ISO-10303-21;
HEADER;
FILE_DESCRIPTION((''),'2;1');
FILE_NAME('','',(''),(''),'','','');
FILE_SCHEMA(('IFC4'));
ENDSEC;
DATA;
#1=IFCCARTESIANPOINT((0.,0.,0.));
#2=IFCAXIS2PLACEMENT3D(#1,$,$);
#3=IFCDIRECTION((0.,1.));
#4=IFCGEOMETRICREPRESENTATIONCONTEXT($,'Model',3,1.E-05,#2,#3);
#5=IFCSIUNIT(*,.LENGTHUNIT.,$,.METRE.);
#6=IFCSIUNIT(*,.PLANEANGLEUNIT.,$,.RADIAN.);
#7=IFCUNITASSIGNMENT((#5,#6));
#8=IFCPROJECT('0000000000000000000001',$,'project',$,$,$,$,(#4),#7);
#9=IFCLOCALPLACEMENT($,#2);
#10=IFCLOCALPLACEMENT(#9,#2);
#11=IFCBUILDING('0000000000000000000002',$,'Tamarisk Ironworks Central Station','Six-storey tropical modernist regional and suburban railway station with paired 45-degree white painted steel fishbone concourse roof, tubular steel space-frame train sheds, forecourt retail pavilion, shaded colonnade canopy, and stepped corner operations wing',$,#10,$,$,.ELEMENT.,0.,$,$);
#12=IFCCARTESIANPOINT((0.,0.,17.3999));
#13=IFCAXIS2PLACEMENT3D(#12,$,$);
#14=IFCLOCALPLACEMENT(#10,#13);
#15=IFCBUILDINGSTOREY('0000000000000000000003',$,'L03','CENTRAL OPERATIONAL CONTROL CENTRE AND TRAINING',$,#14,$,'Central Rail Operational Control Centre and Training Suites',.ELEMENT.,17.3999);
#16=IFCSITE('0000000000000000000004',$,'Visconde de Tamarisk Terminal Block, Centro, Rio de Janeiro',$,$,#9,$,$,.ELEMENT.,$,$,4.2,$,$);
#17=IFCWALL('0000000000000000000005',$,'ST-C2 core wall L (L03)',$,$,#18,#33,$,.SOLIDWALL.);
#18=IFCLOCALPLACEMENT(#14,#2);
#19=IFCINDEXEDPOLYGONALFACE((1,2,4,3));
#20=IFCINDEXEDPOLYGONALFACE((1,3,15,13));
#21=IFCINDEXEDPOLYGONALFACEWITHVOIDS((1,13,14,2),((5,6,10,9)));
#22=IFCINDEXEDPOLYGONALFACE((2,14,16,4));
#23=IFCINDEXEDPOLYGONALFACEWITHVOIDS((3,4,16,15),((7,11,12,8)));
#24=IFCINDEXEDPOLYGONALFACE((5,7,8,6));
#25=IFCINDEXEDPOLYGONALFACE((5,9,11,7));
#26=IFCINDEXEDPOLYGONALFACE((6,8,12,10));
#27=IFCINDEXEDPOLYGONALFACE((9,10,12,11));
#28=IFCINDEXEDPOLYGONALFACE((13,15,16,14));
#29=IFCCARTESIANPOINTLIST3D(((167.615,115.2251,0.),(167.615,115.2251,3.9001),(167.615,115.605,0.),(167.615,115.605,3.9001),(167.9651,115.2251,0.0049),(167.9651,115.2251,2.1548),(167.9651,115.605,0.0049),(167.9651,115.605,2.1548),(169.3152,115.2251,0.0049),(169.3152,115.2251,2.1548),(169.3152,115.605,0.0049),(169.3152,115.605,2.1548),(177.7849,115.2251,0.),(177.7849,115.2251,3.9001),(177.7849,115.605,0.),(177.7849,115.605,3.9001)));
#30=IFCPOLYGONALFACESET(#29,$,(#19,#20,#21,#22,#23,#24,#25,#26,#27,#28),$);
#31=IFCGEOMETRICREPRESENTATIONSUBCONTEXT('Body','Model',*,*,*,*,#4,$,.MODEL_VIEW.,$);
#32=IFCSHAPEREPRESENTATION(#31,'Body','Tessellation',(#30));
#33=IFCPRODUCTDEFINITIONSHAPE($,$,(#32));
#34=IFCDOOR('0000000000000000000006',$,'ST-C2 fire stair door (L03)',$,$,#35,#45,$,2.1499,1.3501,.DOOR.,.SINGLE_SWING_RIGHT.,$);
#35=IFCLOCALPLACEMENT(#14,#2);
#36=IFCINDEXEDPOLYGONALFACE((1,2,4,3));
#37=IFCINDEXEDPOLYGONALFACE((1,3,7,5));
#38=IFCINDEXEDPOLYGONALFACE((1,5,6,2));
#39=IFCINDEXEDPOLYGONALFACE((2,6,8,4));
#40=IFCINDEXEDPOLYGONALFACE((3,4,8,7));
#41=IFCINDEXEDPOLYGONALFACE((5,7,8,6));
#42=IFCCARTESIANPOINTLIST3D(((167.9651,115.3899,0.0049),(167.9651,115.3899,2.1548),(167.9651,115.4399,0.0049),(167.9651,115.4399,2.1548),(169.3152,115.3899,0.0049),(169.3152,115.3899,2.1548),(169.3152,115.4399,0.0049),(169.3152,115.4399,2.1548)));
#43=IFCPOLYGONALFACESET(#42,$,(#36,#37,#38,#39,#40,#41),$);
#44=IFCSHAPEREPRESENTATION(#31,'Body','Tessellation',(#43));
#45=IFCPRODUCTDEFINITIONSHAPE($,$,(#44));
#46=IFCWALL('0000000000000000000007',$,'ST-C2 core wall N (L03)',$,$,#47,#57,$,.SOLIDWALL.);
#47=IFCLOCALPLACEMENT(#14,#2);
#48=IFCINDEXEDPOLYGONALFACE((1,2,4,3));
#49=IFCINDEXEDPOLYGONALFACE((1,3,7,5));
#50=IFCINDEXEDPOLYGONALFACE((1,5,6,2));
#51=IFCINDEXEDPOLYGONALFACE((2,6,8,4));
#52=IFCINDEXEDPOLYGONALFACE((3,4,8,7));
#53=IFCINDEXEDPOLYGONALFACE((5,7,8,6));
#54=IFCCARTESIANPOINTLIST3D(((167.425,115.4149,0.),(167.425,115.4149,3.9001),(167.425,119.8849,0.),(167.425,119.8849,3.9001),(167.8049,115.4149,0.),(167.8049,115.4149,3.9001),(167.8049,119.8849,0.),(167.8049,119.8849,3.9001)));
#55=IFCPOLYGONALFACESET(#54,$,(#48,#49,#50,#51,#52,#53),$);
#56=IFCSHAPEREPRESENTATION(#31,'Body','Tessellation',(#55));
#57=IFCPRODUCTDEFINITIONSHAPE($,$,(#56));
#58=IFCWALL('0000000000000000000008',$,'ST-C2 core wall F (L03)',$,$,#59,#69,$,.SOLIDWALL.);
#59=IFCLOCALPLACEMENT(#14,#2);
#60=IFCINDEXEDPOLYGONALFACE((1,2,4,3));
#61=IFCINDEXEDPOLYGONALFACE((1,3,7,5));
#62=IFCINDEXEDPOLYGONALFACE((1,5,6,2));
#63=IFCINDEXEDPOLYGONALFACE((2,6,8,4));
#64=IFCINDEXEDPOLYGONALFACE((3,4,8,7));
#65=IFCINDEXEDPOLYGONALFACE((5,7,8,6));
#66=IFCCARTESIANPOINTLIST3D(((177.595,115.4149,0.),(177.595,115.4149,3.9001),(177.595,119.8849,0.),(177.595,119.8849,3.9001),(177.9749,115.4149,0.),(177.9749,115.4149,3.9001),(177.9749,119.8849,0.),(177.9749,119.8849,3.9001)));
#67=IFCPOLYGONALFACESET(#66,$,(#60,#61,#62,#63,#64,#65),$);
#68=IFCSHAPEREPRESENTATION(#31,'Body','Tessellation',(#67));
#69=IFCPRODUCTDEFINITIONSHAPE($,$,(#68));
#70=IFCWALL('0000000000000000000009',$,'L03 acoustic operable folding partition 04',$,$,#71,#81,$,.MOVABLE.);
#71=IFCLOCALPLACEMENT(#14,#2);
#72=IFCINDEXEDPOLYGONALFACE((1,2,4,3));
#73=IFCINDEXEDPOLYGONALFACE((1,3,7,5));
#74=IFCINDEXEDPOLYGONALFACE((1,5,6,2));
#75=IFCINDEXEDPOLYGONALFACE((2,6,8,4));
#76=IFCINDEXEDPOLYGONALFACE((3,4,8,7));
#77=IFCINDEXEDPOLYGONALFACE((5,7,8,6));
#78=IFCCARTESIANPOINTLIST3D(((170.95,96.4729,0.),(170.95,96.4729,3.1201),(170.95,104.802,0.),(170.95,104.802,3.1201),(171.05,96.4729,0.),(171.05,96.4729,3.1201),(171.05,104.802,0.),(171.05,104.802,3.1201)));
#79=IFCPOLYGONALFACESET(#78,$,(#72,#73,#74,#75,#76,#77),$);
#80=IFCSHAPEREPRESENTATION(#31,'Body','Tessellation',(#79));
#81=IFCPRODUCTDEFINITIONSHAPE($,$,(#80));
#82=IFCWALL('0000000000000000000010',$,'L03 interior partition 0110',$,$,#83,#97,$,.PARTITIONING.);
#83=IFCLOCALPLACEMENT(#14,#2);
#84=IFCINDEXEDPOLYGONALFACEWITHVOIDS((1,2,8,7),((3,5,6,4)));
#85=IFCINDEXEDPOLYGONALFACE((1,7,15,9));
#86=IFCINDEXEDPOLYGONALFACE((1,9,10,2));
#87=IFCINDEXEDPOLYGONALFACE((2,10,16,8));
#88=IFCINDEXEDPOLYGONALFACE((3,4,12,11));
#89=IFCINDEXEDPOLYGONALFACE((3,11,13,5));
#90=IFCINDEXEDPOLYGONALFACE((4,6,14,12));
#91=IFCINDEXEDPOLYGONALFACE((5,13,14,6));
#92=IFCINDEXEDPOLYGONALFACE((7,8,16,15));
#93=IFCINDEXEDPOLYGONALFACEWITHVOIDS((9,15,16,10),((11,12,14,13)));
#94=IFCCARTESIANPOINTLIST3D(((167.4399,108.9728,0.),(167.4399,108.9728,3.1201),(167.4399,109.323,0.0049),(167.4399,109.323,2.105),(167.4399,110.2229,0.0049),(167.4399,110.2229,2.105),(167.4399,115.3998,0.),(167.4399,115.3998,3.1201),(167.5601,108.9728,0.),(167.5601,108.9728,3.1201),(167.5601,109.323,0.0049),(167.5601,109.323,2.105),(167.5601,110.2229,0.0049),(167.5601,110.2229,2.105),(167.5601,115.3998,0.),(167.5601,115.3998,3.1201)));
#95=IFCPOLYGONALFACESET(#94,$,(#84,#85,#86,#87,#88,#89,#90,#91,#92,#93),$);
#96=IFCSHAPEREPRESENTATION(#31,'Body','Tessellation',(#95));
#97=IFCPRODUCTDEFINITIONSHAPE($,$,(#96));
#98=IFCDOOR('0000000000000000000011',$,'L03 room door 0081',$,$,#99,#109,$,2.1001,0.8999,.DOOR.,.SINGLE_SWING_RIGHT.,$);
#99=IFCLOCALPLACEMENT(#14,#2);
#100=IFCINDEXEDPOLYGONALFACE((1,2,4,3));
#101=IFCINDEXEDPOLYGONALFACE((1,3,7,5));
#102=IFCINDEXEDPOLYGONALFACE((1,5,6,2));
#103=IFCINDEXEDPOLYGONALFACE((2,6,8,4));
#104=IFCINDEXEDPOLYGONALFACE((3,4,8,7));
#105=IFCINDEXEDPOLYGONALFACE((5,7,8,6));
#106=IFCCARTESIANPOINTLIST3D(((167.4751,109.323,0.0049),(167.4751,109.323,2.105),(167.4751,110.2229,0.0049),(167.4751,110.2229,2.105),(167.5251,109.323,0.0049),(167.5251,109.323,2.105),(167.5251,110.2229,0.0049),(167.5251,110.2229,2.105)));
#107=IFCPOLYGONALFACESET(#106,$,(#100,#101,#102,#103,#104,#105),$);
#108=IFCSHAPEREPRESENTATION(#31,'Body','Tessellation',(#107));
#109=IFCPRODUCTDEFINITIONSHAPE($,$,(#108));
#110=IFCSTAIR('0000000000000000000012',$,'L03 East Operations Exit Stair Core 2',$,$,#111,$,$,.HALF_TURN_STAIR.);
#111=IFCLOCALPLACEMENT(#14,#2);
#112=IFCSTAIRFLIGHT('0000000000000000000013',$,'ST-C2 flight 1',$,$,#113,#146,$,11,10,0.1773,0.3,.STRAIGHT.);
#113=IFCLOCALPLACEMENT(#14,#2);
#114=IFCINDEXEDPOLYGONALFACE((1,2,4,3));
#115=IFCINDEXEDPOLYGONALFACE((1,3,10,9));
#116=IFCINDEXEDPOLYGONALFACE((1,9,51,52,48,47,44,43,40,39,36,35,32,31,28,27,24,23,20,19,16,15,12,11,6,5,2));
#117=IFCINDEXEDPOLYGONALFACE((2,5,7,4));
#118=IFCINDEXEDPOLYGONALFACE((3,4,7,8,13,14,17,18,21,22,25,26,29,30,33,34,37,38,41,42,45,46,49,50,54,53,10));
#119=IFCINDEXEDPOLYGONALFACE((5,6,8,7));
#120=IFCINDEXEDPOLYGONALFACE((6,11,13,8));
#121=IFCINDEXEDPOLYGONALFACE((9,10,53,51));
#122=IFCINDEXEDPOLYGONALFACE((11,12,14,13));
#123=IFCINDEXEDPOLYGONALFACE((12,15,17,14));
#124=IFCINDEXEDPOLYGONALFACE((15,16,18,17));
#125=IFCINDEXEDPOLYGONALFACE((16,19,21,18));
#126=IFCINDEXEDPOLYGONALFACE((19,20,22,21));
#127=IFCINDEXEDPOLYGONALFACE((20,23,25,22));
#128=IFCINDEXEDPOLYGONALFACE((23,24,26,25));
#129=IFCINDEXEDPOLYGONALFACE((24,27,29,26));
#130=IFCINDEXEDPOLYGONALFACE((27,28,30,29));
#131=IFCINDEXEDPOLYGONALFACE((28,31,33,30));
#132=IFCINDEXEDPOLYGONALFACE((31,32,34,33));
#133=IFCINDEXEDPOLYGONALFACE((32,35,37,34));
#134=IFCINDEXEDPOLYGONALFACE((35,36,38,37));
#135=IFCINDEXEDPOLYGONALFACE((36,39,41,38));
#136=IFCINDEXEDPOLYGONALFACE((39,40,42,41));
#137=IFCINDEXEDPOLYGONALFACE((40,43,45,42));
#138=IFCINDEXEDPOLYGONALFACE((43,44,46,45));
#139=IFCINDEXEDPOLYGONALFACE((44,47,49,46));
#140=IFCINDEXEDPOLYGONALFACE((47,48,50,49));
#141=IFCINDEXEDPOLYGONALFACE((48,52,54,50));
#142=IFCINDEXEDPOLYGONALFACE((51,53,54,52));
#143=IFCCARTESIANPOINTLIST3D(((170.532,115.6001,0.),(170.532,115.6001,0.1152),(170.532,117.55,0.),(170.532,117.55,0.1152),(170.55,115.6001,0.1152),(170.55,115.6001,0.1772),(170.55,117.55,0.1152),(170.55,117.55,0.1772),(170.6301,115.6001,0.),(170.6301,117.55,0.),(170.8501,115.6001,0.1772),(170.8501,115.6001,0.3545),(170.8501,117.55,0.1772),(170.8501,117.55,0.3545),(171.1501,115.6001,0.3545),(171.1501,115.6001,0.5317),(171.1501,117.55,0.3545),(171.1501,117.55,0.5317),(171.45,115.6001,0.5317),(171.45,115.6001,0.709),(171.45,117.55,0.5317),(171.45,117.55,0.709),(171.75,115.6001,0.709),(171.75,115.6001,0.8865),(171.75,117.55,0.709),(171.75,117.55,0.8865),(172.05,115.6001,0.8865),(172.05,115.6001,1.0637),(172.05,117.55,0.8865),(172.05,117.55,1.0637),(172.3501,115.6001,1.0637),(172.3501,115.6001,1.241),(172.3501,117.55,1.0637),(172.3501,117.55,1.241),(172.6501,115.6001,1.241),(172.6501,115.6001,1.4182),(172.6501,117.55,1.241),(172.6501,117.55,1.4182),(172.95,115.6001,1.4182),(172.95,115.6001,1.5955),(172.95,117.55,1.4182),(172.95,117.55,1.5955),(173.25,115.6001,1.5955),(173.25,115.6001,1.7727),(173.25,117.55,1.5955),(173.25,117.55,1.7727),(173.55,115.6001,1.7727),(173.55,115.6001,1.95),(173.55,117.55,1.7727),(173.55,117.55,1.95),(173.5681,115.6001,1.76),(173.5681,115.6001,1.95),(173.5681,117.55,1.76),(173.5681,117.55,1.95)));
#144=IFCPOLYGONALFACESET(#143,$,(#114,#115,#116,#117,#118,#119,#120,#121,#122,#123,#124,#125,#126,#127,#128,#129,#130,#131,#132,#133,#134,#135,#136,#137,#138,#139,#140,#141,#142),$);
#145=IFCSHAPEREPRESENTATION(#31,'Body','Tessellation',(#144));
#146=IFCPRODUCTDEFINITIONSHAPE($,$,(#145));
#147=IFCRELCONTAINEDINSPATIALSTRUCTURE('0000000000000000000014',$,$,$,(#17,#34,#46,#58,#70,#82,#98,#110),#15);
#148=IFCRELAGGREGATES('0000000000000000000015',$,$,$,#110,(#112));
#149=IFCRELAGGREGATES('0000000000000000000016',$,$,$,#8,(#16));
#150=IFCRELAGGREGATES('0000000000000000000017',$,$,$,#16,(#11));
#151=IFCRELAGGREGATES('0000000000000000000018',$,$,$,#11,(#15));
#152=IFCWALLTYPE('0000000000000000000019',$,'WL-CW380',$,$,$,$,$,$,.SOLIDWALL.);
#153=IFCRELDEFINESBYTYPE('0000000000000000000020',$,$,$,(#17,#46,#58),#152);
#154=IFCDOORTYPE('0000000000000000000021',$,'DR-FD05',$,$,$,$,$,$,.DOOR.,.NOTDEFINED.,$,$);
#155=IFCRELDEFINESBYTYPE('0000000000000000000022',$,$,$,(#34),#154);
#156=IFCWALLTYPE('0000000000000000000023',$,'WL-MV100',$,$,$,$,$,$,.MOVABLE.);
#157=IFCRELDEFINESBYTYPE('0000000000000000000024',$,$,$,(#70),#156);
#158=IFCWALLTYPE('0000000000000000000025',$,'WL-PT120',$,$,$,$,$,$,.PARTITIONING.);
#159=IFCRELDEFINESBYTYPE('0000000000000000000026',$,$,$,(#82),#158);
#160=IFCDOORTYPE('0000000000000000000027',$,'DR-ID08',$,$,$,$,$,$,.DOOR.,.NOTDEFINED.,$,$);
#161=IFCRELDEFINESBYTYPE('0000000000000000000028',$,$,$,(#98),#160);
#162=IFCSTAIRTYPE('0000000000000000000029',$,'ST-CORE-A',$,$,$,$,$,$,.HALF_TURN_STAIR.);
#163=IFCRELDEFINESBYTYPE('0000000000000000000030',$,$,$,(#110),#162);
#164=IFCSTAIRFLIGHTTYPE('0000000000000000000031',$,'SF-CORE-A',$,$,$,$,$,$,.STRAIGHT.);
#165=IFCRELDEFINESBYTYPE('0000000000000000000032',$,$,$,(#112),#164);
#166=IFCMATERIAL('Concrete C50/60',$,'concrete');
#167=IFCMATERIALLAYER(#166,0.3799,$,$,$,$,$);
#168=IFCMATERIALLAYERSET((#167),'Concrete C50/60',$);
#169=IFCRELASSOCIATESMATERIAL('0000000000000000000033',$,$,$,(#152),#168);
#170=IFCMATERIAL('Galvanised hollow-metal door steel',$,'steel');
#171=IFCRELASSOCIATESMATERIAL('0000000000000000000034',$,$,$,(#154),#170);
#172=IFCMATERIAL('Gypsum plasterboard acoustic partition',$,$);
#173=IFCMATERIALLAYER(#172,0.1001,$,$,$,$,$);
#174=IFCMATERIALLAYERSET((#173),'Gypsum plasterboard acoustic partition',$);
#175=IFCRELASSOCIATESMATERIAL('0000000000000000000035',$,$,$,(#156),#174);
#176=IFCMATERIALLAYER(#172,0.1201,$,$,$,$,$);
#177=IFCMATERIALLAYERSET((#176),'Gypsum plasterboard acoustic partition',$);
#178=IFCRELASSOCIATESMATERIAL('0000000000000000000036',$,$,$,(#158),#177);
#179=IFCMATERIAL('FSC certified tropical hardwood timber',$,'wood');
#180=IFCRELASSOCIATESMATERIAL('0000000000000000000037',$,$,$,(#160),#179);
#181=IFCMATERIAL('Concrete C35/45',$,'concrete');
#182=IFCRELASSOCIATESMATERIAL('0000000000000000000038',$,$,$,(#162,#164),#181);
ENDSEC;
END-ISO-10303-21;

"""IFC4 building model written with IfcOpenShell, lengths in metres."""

from ifc_helpers import new_model, si_unit, direction, frame, frame_2d, origin, place, context, subcontext, project, spatial, polyline, rectangle, outline, extrude, material, layer, layer_set, type_object, element, fill, aggregate, save


model = new_model("IFC4")

# Units and contexts
model_context = context("Model", 3, precision=1e-05, world=origin(), true_north=direction((0.0, 1.0)))
body_context = subcontext(model_context, "Body", "Model", "MODEL_VIEW")
ifc_project = project(units=[si_unit("LENGTHUNIT", "METRE"), si_unit("PLANEANGLEUNIT", "RADIAN")], contexts=[model_context])

# Site, building, storey
site_placement = place(None, origin())
site = spatial("IfcSite", under=ifc_project, at=site_placement, Name="Visconde de Tamarisk Terminal Block, Centro, Rio de Janeiro", CompositionType="ELEMENT", RefElevation=4.2)
building_placement = place(site_placement, origin())
building = spatial("IfcBuilding", under=site, at=building_placement, Name="Tamarisk Ironworks Central Station", Description="Six-storey tropical modernist regional and suburban railway station with paired 45-degree white painted steel fishbone concourse roof, tubular steel space-frame train sheds, forecourt retail pavilion, shaded colonnade canopy, and stepped corner operations wing", CompositionType="ELEMENT", ElevationOfRefHeight=0.0)
storey_placement = place(building_placement, frame((0.0, 0.0, 17.3999)))
storey = spatial("IfcBuildingStorey", under=building, at=storey_placement, Name="L03", Description="CENTRAL OPERATIONAL CONTROL CENTRE AND TRAINING", LongName="Central Rail Operational Control Centre and Training Suites", CompositionType="ELEMENT", Elevation=17.3999)

# Wall, opening, door
ifc_material_1 = material(Name="Concrete C50/60", Category="concrete")
ifc_layer_1 = layer(ifc_material_1, 0.3799)
ifc_layer_set_1 = layer_set([ifc_layer_1], Name="Concrete C50/60")
wall_type_1 = type_object("IfcWallType", Name="WL-CW380", PredefinedType="SOLIDWALL", material=ifc_layer_set_1)
wall_1_placement = place(storey_placement, frame((167.615, 115.415, 0.0), z_axis=(0.0, 0.0, 1.0), x_axis=(1.0, 0.0, 0.0)))
wall_1 = element("IfcWall", 1, at=wall_1_placement, inside=storey, type_object=wall_type_1, Name="ST-C2 core wall L (L03)", PredefinedType="SOLIDWALL", context=body_context, shape_type="SweptSolid", body=[
    extrude(rectangle(XDim=10.1699, YDim=0.3799, at=frame_2d((5.085, 0.0))), origin(), (0.0, 0.0, 1.0), 3.9001),
])
opening_1_placement = place(wall_1_placement, frame((0.3501, 0.0, 0.0049)))
opening_1 = element("IfcOpeningElement", 2, at=opening_1_placement, cuts=wall_1, PredefinedType="OPENING", context=body_context, shape_type="SweptSolid", body=[
    extrude(rectangle(XDim=1.3501, YDim=2.1499, at=frame_2d((0.675, 1.075))), frame((0.0, 0.2019, 0.0), z_axis=(0.0, -1.0, 0.0), x_axis=(1.0, 0.0, 0.0)), (0.0, 0.0, 1.0), 0.4038),
])
ifc_material_2 = material(Name="Galvanised hollow-metal door steel", Category="steel")
door_type_1 = type_object("IfcDoorType", Name="DR-FD05", OperationType="NOTDEFINED", PredefinedType="DOOR", material=ifc_material_2)
door_1_placement = place(opening_1_placement, origin())
door_1 = element("IfcDoor", 3, at=door_1_placement, inside=storey, type_object=door_type_1, Name="ST-C2 fire stair door (L03)", OperationType="SINGLE_SWING_RIGHT", OverallHeight=2.1499, OverallWidth=1.3501, PredefinedType="DOOR", context=body_context, shape_type="SweptSolid", body=[
    extrude(rectangle(XDim=1.3501, YDim=2.1499, at=frame_2d((0.675, 1.075))), frame((0.0, 0.0249, 0.0), z_axis=(0.0, -1.0, 0.0), x_axis=(1.0, 0.0, 0.0)), (0.0, 0.0, 1.0), 0.05),
])
fill(opening_1, door_1)

# Walls
for number, where, z_axis, x_axis, name in (
    (4, (167.615, 115.415, 0.0), (0.0, 0.0, 1.0), (0.0, 1.0, 0.0), "ST-C2 core wall N (L03)"),
    (5, (177.7849, 115.415, 0.0), (0.0, 0.0, 1.0), (0.0, 1.0, 0.0), "ST-C2 core wall F (L03)"),
):
    element("IfcWall", number, at=place(storey_placement, frame(where, z_axis=z_axis, x_axis=x_axis)), inside=storey, type_object=wall_type_1, Name=name, PredefinedType="SOLIDWALL", context=body_context, shape_type="SweptSolid", body=[
        extrude(rectangle(XDim=4.47, YDim=0.3799, at=frame_2d((2.2349, 0.0))), origin(), (0.0, 0.0, 1.0), 3.9001),
    ])
ifc_material_3 = material(Name="Gypsum plasterboard acoustic partition")
ifc_layer_2 = layer(ifc_material_3, 0.1001)
ifc_layer_set_2 = layer_set([ifc_layer_2], Name="Gypsum plasterboard acoustic partition")
wall_type_2 = type_object("IfcWallType", Name="WL-MV100", PredefinedType="MOVABLE", material=ifc_layer_set_2)
wall_2_placement = place(storey_placement, frame((171.0, 96.4729, 0.0), z_axis=(0.0, 0.0, 1.0), x_axis=(0.0, 1.0, 0.0)))
element("IfcWall", 6, at=wall_2_placement, inside=storey, type_object=wall_type_2, Name="L03 acoustic operable folding partition 04", PredefinedType="MOVABLE", context=body_context, shape_type="SweptSolid", body=[
    extrude(rectangle(XDim=8.3291, YDim=0.1001, at=frame_2d((4.1646, 0.0))), origin(), (0.0, 0.0, 1.0), 3.1201),
])

# Wall, opening, door
ifc_layer_3 = layer(ifc_material_3, 0.1201)
ifc_layer_set_3 = layer_set([ifc_layer_3], Name="Gypsum plasterboard acoustic partition")
wall_type_3 = type_object("IfcWallType", Name="WL-PT120", PredefinedType="PARTITIONING", material=ifc_layer_set_3)
wall_3_placement = place(storey_placement, frame((167.5, 108.9729, 0.0), z_axis=(0.0, 0.0, 1.0), x_axis=(0.0, 1.0, 0.0)))
wall_3 = element("IfcWall", 7, at=wall_3_placement, inside=storey, type_object=wall_type_3, Name="L03 interior partition 0110", PredefinedType="PARTITIONING", context=body_context, shape_type="SweptSolid", body=[
    extrude(rectangle(XDim=6.427, YDim=0.1201, at=frame_2d((3.2134, 0.0))), origin(), (0.0, 0.0, 1.0), 3.1201),
])
opening_2_placement = place(wall_3_placement, frame((0.3501, 0.0, 0.0049)))
opening_2 = element("IfcOpeningElement", 8, at=opening_2_placement, cuts=wall_3, PredefinedType="OPENING", context=body_context, shape_type="SweptSolid", body=[
    extrude(rectangle(XDim=0.8999, YDim=2.1001, at=frame_2d((0.45, 1.05))), frame((0.0, 0.072, 0.0), z_axis=(0.0, -1.0, 0.0), x_axis=(1.0, 0.0, 0.0)), (0.0, 0.0, 1.0), 0.144),
])
ifc_material_4 = material(Name="FSC certified tropical hardwood timber", Category="wood")
door_type_2 = type_object("IfcDoorType", Name="DR-ID08", OperationType="NOTDEFINED", PredefinedType="DOOR", material=ifc_material_4)
door_2_placement = place(opening_2_placement, origin())
door_2 = element("IfcDoor", 9, at=door_2_placement, inside=storey, type_object=door_type_2, Name="L03 room door 0081", OperationType="SINGLE_SWING_RIGHT", OverallHeight=2.1001, OverallWidth=0.8999, PredefinedType="DOOR", context=body_context, shape_type="SweptSolid", body=[
    extrude(rectangle(XDim=0.8999, YDim=2.1001, at=frame_2d((0.45, 1.05))), frame((0.0, 0.0249, 0.0), z_axis=(0.0, -1.0, 0.0), x_axis=(1.0, 0.0, 0.0)), (0.0, 0.0, 1.0), 0.05),
])
fill(opening_2, door_2)

# Stair, stair flight
ifc_material_5 = material(Name="Concrete C35/45", Category="concrete")
stair_type = type_object("IfcStairType", Name="ST-CORE-A", PredefinedType="HALF_TURN_STAIR", material=ifc_material_5)
stair_placement = place(storey_placement, origin())
stair = element("IfcStair", 10, at=stair_placement, inside=storey, type_object=stair_type, Name="L03 East Operations Exit Stair Core 2", PredefinedType="HALF_TURN_STAIR")
stair_flight_type = type_object("IfcStairFlightType", Name="SF-CORE-A", PredefinedType="STRAIGHT", material=ifc_material_5)
stair_flight_placement = place(storey_placement, frame((170.55, 116.575, 0.0), z_axis=(0.0, 0.0, 1.0), x_axis=(1.0, 0.0, 0.0)))
stair_flight = element("IfcStairFlight", 11, at=stair_flight_placement, type_object=stair_flight_type, Name="ST-C2 flight 1", NumberOfRisers=11, NumberOfTreads=10, PredefinedType="STRAIGHT", RiserHeight=0.1773, TreadLength=0.3, context=body_context, shape_type="SweptSolid", body=[
    extrude(outline(polyline([(-0.0181, 0.0), (-0.0181, 0.1152), (0.0, 0.1152), (0.0, 0.1772), (0.3, 0.1772), (0.3, 0.3545), (0.6001, 0.3545), (0.6001, 0.5317), (0.8999, 0.5317), (0.8999, 0.709), (1.2, 0.709), (1.2, 0.8865), (1.5, 0.8865), (1.5, 1.0637), (1.8, 1.0637), (1.8, 1.241), (2.1001, 1.241), (2.1001, 1.4182), (2.3999, 1.4182), (2.3999, 1.5955), (2.7, 1.5955), (2.7, 1.7727), (3.0, 1.7727), (3.0, 1.95), (3.0181, 1.95), (3.0181, 1.76), (0.0801, 0.0), (-0.0181, 0.0)])), frame((0.0, 0.9751, 0.0), z_axis=(0.0, -1.0, 0.0), x_axis=(1.0, 0.0, 0.0)), (0.0, 0.0, 1.0), 1.95),
])
aggregate(stair, [stair_flight])

save(model, "model.ifc")
